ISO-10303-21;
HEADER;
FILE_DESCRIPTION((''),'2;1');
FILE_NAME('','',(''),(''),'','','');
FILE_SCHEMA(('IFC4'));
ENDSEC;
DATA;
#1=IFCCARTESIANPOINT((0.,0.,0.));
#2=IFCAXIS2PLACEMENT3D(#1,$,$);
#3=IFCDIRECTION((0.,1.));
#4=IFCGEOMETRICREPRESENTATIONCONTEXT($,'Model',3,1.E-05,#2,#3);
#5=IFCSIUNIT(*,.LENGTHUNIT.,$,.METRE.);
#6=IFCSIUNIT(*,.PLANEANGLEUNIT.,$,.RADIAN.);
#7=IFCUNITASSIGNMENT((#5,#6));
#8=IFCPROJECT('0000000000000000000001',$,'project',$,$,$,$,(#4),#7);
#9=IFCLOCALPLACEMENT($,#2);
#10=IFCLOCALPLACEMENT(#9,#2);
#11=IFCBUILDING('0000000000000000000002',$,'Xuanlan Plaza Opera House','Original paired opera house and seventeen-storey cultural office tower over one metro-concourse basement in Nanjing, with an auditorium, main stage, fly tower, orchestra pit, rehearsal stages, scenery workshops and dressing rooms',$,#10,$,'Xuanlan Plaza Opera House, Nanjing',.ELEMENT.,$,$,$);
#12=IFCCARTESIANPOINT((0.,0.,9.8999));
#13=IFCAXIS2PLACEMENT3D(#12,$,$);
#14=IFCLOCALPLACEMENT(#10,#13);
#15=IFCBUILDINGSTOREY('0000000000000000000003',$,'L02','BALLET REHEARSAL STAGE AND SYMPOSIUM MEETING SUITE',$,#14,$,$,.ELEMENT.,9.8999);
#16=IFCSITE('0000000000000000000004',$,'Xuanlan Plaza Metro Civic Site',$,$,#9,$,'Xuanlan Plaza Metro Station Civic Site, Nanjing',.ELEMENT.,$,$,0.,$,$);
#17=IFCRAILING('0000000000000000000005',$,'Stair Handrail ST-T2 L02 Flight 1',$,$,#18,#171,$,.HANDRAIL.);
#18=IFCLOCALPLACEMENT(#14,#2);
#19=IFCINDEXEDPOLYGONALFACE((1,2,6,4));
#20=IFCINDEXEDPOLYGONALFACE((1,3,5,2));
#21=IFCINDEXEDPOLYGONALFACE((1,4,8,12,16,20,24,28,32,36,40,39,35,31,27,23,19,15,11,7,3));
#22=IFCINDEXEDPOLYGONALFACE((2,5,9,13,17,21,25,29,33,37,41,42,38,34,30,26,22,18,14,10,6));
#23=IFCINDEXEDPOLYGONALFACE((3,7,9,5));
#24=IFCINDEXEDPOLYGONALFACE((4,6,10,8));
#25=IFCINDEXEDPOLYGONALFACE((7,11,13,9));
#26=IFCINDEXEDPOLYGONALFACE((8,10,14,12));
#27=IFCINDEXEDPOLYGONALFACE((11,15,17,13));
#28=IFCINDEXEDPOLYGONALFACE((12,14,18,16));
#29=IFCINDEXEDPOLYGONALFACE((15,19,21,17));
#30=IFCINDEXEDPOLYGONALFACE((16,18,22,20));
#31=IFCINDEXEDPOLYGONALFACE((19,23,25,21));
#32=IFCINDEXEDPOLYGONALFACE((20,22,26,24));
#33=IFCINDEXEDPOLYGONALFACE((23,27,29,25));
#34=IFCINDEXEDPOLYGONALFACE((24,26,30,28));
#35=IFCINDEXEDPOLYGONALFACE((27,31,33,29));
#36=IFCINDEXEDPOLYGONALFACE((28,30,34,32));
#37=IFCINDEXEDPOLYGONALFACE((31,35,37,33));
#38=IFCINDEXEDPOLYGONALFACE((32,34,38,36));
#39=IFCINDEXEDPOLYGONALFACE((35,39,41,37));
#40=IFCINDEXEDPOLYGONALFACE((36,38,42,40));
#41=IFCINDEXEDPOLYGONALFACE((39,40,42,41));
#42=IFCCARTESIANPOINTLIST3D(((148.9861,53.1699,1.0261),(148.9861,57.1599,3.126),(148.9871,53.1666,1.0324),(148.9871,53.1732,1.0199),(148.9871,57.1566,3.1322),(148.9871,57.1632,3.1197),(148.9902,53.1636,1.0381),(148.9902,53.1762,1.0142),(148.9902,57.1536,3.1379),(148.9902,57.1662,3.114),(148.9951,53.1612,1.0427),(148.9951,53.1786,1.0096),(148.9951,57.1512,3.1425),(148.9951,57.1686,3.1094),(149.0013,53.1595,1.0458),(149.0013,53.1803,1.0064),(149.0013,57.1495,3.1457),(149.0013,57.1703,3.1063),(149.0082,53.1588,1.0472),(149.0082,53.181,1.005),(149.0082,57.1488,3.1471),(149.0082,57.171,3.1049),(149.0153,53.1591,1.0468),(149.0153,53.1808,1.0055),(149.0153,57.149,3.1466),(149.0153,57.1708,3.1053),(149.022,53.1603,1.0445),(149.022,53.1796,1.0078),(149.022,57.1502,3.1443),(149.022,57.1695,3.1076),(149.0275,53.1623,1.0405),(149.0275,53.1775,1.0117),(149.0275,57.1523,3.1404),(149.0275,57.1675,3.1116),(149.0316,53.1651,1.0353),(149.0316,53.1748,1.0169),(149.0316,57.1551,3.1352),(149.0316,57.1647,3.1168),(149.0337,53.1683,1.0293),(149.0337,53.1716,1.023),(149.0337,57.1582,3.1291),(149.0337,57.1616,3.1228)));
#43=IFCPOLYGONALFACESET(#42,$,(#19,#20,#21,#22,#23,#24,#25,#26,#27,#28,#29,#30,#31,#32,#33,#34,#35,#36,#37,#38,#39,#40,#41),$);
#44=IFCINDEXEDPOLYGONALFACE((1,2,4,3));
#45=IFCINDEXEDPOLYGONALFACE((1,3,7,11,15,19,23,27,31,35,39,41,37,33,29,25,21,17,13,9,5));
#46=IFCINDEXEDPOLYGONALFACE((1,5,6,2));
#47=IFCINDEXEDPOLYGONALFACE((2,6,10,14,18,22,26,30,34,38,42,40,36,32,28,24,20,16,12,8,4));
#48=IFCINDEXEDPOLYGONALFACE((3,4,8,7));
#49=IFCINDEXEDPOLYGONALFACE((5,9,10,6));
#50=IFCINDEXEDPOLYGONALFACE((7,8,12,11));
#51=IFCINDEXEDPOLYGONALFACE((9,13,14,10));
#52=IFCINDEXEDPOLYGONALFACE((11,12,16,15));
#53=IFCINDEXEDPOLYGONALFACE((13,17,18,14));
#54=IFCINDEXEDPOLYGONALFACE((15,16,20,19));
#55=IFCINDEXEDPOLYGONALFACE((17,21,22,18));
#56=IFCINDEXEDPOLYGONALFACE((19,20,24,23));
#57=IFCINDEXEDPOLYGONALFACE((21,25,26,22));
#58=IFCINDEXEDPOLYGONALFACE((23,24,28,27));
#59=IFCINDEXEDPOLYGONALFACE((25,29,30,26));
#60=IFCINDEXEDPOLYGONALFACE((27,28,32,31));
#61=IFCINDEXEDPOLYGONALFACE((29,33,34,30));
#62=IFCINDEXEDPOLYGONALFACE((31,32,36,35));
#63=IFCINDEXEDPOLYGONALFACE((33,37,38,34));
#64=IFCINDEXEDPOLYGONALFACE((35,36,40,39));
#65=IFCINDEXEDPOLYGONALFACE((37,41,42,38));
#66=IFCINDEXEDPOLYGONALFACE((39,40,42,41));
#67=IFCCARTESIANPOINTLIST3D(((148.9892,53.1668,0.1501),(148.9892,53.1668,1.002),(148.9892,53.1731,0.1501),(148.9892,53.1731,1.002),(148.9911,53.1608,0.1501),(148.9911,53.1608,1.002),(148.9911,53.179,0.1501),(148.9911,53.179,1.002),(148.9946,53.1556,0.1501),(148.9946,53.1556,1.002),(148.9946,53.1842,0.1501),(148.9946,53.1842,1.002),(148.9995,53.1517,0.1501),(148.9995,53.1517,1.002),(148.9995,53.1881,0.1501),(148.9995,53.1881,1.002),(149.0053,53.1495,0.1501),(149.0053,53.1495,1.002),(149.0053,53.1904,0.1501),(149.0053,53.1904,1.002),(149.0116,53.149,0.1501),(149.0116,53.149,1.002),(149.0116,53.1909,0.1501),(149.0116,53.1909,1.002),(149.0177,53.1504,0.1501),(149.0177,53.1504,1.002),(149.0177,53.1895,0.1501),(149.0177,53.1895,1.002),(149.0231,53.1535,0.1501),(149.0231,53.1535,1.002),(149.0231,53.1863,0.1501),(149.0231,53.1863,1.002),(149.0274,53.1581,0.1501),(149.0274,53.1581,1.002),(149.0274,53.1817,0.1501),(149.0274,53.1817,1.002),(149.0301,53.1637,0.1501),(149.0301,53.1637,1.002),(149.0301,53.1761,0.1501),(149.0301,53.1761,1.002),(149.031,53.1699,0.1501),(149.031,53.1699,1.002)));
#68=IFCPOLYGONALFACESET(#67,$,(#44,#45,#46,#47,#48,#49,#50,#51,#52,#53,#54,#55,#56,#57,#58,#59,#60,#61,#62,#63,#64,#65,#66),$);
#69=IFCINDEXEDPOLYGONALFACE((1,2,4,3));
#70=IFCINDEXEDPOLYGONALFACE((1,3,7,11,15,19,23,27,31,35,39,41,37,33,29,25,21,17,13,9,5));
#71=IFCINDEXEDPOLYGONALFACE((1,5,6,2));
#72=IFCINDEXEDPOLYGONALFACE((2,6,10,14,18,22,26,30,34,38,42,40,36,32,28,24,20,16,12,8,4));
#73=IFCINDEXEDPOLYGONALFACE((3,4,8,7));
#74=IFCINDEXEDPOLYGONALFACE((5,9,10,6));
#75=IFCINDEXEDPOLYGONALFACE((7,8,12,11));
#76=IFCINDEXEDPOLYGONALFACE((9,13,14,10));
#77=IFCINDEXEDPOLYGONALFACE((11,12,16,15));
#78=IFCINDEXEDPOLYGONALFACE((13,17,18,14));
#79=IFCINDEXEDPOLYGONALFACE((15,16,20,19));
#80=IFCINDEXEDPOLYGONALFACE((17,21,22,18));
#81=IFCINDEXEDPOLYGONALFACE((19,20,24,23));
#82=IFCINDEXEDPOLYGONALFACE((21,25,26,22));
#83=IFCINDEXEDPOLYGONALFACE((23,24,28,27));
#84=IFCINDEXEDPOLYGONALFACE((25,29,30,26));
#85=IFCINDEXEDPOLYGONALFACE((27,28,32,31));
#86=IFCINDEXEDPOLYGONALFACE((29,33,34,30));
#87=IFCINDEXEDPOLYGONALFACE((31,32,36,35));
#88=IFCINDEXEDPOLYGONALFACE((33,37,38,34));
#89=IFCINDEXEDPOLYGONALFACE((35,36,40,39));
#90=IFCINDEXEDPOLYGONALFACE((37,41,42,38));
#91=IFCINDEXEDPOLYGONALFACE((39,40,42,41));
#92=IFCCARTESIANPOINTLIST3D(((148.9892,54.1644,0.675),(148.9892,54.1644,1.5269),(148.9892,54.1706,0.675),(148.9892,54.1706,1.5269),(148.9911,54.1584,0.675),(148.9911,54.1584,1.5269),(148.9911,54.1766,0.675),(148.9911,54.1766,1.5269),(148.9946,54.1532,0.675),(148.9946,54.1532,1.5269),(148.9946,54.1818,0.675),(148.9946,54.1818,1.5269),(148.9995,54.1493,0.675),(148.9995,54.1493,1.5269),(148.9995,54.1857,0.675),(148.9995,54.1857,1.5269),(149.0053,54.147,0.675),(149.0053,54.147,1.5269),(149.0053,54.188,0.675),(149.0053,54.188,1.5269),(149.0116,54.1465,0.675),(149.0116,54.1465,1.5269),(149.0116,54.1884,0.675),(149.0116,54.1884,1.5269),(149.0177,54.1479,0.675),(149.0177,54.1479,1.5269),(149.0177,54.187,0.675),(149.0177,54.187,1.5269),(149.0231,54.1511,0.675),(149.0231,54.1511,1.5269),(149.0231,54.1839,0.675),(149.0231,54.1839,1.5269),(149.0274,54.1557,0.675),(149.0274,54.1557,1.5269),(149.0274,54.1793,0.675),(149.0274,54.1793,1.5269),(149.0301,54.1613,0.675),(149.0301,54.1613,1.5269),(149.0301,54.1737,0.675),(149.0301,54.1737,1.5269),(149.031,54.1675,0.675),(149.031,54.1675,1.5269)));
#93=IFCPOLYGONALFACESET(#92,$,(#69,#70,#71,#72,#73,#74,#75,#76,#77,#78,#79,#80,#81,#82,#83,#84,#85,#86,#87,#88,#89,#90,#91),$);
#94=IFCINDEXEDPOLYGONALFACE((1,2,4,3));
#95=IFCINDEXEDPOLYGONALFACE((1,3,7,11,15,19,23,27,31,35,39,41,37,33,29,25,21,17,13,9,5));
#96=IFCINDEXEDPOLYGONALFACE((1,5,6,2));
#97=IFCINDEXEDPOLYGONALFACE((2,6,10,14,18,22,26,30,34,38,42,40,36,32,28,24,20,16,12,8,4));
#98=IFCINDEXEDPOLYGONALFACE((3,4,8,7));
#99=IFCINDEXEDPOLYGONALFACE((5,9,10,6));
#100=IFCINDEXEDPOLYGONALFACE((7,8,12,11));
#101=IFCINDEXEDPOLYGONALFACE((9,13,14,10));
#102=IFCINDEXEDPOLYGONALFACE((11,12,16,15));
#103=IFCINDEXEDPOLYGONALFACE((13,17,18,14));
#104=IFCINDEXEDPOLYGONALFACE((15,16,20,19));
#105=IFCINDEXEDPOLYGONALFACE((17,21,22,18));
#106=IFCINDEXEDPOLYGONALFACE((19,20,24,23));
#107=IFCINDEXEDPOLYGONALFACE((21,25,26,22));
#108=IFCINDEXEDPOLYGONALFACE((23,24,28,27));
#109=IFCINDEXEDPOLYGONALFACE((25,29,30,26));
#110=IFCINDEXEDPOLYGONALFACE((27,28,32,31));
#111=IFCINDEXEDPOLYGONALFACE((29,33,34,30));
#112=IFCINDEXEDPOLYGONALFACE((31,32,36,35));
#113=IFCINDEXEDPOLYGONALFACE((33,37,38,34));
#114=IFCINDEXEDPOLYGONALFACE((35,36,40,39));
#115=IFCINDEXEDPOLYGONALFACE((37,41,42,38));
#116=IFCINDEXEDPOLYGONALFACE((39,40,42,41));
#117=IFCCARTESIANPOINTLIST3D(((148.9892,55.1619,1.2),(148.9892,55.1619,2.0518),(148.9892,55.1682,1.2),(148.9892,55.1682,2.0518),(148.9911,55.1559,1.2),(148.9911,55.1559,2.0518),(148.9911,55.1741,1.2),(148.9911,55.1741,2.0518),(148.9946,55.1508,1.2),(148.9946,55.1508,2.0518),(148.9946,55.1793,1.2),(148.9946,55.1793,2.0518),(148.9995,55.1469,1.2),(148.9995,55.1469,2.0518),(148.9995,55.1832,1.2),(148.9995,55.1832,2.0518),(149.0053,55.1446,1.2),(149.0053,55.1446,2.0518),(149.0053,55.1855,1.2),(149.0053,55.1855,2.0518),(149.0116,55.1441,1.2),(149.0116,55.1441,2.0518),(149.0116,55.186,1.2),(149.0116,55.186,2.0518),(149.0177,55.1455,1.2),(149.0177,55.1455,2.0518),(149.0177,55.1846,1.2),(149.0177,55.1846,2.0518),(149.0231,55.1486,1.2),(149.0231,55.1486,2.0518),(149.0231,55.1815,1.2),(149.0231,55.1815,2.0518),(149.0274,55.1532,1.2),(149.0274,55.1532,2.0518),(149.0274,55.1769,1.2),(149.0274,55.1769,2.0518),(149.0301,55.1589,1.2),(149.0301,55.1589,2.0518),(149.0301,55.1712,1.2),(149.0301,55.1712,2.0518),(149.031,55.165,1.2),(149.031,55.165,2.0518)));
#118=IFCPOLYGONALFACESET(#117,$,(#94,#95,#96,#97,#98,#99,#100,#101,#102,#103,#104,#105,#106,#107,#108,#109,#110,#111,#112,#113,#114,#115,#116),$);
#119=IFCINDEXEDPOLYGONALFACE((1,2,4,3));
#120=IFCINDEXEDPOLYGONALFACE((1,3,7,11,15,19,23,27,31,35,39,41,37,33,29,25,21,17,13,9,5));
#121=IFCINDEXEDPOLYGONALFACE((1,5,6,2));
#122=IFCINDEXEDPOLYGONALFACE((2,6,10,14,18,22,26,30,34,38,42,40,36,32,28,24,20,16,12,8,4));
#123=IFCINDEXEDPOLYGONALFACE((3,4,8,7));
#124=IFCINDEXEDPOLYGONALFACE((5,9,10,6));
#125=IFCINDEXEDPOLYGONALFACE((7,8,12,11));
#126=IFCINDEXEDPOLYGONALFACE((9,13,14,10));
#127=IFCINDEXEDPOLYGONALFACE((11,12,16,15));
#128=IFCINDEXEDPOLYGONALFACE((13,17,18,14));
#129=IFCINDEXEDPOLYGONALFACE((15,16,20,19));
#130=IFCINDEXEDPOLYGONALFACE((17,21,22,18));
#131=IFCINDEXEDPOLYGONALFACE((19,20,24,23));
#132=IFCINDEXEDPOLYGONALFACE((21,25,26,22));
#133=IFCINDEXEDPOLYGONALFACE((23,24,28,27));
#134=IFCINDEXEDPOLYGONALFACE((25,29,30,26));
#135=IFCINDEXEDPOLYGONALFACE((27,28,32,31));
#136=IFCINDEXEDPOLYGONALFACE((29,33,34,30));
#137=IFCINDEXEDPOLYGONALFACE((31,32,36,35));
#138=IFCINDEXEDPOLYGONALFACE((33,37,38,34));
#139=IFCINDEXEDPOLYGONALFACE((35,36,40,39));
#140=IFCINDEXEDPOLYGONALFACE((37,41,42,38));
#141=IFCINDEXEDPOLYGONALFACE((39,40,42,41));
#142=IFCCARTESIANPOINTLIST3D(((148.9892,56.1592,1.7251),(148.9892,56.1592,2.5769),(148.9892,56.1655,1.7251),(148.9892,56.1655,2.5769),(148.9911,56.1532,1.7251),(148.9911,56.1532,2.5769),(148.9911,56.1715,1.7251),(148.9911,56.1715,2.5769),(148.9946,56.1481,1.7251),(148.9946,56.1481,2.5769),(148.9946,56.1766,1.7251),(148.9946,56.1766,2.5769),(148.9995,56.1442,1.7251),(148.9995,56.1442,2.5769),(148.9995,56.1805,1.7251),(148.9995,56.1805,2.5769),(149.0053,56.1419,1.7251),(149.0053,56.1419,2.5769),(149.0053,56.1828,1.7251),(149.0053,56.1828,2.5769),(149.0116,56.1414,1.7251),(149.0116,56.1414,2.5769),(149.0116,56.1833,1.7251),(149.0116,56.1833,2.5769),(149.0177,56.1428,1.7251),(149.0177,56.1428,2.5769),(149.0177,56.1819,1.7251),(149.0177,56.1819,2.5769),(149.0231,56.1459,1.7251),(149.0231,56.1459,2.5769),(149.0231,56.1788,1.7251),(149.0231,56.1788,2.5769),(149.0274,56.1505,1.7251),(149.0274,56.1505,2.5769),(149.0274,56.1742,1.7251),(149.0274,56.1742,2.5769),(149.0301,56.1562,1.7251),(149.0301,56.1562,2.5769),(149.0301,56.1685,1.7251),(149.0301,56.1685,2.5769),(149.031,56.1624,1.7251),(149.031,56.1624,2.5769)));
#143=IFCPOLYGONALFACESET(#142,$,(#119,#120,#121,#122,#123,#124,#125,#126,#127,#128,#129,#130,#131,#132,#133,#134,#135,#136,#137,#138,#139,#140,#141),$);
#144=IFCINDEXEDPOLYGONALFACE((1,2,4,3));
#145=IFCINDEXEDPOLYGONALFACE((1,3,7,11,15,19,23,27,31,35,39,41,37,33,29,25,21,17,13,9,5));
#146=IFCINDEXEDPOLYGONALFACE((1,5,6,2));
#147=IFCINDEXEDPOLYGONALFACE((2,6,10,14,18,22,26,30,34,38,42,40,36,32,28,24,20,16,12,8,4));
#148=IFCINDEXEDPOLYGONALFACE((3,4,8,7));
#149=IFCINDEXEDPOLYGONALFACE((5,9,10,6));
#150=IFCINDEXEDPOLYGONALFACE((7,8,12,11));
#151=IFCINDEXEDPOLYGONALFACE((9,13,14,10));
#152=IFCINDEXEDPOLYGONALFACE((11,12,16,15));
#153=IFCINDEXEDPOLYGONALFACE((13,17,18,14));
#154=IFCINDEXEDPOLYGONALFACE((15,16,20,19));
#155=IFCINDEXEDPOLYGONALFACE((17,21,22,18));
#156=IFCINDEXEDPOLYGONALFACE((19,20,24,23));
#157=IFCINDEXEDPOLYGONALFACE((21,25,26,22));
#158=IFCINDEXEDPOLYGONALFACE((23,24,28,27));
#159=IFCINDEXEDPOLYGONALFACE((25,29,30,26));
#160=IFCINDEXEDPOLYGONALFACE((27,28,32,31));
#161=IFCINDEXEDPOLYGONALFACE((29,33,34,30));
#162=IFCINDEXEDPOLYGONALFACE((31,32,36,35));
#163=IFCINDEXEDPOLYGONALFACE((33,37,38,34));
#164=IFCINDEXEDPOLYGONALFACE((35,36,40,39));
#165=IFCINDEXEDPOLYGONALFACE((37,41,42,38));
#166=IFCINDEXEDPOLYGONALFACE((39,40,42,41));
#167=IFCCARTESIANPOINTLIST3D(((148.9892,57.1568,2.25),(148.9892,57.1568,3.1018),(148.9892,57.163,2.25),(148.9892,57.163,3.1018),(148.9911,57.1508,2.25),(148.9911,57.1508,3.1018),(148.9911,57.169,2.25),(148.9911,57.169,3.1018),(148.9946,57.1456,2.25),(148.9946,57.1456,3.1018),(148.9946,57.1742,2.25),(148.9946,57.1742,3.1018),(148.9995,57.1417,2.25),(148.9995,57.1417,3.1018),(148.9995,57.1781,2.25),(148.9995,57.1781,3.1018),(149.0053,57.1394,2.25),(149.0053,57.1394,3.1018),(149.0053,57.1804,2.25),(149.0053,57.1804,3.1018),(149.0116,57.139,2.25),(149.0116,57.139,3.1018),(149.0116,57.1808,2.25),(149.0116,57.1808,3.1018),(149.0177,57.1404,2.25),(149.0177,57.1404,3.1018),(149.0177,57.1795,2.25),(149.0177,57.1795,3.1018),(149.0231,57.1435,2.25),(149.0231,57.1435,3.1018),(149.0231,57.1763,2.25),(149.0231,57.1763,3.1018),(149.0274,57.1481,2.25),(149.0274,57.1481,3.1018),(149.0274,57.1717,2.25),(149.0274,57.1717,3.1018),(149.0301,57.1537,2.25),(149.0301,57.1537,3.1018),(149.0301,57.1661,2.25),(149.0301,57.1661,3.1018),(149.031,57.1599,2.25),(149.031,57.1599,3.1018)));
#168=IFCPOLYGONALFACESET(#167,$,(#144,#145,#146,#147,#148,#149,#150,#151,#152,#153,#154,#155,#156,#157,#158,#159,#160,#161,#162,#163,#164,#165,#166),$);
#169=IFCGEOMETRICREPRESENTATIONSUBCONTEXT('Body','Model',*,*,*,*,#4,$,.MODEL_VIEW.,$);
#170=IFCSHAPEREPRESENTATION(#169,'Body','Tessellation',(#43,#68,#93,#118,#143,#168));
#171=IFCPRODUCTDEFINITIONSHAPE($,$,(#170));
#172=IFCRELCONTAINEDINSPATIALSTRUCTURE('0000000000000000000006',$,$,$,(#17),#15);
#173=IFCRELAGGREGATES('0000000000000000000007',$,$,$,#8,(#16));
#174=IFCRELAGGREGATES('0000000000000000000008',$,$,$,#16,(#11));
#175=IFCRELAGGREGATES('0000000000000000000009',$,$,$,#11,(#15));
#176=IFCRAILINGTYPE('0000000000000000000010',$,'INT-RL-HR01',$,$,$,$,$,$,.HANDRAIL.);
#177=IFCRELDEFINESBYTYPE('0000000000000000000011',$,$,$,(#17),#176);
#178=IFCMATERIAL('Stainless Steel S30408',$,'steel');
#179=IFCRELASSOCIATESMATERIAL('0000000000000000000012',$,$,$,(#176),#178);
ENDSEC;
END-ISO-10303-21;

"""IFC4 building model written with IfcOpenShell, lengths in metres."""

from ifc_helpers import new_model, si_unit, direction, frame, origin, origin_2d, place, context, subcontext, project, spatial, circle, extrude, material, type_object, element, save


model = new_model("IFC4")

# Units and contexts
model_context = context("Model", 3, precision=1e-05, world=origin(), true_north=direction((0.0, 1.0)))
body_context = subcontext(model_context, "Body", "Model", "MODEL_VIEW")
ifc_project = project(units=[si_unit("LENGTHUNIT", "METRE"), si_unit("PLANEANGLEUNIT", "RADIAN")], contexts=[model_context])

# Site, building, storey
site_placement = place(None, origin())
site = spatial("IfcSite", under=ifc_project, at=site_placement, Name="Xuanlan Plaza Metro Civic Site", LongName="Xuanlan Plaza Metro Station Civic Site, Nanjing", CompositionType="ELEMENT", RefElevation=0.0)
building_placement = place(site_placement, origin())
building = spatial("IfcBuilding", under=site, at=building_placement, Name="Xuanlan Plaza Opera House", Description="Original paired opera house and seventeen-storey cultural office tower over one metro-concourse basement in Nanjing, with an auditorium, main stage, fly tower, orchestra pit, rehearsal stages, scenery workshops and dressing rooms", LongName="Xuanlan Plaza Opera House, Nanjing", CompositionType="ELEMENT")
storey_placement = place(building_placement, frame((0.0, 0.0, 9.8999)))
storey = spatial("IfcBuildingStorey", under=building, at=storey_placement, Name="L02", Description="BALLET REHEARSAL STAGE AND SYMPOSIUM MEETING SUITE", CompositionType="ELEMENT", Elevation=9.8999)

# Shared definitions
ifc_material_1 = material(Name="Stainless Steel S30408", Category="steel")

# Railing
railing_type = type_object("IfcRailingType", Name="INT-RL-HR01", PredefinedType="HANDRAIL", material=ifc_material_1)
for number, where, name in (
    (1, (149.01, 53.1699, 0.1501), "Stair Handrail ST-T2 L02 Flight 1"),
):
    element("IfcRailing", number, at=place(storey_placement, frame(where)), inside=storey, type_object=railing_type, Name=name, PredefinedType="HANDRAIL", context=body_context, shape_type="SweptSolid", body=[
        extrude(circle(Radius=0.0239, at=origin_2d()), frame((0.0, 0.0, 0.876), z_axis=(0.0, 0.884931, 0.465722), x_axis=(-1.0, 0.0, 0.0)), (0.0, 0.0, 1.0), 4.5088),
        extrude(circle(Radius=0.021, at=origin_2d()), origin(), (0.0, 0.0, 1.0), 0.8518),
        extrude(circle(Radius=0.021, at=origin_2d()), frame((0.0, 0.9976, 0.5249)), (0.0, 0.0, 1.0), 0.8518),
        extrude(circle(Radius=0.021, at=origin_2d()), frame((0.0, 1.9951, 1.0498)), (0.0, 0.0, 1.0), 0.8518),
        extrude(circle(Radius=0.021, at=origin_2d()), frame((0.0, 2.9924, 1.575)), (0.0, 0.0, 1.0), 0.8518),
        extrude(circle(Radius=0.021, at=origin_2d()), frame((0.0, 3.99, 2.0999)), (0.0, 0.0, 1.0), 0.8518),
    ])

save(model, "model.ifc")
